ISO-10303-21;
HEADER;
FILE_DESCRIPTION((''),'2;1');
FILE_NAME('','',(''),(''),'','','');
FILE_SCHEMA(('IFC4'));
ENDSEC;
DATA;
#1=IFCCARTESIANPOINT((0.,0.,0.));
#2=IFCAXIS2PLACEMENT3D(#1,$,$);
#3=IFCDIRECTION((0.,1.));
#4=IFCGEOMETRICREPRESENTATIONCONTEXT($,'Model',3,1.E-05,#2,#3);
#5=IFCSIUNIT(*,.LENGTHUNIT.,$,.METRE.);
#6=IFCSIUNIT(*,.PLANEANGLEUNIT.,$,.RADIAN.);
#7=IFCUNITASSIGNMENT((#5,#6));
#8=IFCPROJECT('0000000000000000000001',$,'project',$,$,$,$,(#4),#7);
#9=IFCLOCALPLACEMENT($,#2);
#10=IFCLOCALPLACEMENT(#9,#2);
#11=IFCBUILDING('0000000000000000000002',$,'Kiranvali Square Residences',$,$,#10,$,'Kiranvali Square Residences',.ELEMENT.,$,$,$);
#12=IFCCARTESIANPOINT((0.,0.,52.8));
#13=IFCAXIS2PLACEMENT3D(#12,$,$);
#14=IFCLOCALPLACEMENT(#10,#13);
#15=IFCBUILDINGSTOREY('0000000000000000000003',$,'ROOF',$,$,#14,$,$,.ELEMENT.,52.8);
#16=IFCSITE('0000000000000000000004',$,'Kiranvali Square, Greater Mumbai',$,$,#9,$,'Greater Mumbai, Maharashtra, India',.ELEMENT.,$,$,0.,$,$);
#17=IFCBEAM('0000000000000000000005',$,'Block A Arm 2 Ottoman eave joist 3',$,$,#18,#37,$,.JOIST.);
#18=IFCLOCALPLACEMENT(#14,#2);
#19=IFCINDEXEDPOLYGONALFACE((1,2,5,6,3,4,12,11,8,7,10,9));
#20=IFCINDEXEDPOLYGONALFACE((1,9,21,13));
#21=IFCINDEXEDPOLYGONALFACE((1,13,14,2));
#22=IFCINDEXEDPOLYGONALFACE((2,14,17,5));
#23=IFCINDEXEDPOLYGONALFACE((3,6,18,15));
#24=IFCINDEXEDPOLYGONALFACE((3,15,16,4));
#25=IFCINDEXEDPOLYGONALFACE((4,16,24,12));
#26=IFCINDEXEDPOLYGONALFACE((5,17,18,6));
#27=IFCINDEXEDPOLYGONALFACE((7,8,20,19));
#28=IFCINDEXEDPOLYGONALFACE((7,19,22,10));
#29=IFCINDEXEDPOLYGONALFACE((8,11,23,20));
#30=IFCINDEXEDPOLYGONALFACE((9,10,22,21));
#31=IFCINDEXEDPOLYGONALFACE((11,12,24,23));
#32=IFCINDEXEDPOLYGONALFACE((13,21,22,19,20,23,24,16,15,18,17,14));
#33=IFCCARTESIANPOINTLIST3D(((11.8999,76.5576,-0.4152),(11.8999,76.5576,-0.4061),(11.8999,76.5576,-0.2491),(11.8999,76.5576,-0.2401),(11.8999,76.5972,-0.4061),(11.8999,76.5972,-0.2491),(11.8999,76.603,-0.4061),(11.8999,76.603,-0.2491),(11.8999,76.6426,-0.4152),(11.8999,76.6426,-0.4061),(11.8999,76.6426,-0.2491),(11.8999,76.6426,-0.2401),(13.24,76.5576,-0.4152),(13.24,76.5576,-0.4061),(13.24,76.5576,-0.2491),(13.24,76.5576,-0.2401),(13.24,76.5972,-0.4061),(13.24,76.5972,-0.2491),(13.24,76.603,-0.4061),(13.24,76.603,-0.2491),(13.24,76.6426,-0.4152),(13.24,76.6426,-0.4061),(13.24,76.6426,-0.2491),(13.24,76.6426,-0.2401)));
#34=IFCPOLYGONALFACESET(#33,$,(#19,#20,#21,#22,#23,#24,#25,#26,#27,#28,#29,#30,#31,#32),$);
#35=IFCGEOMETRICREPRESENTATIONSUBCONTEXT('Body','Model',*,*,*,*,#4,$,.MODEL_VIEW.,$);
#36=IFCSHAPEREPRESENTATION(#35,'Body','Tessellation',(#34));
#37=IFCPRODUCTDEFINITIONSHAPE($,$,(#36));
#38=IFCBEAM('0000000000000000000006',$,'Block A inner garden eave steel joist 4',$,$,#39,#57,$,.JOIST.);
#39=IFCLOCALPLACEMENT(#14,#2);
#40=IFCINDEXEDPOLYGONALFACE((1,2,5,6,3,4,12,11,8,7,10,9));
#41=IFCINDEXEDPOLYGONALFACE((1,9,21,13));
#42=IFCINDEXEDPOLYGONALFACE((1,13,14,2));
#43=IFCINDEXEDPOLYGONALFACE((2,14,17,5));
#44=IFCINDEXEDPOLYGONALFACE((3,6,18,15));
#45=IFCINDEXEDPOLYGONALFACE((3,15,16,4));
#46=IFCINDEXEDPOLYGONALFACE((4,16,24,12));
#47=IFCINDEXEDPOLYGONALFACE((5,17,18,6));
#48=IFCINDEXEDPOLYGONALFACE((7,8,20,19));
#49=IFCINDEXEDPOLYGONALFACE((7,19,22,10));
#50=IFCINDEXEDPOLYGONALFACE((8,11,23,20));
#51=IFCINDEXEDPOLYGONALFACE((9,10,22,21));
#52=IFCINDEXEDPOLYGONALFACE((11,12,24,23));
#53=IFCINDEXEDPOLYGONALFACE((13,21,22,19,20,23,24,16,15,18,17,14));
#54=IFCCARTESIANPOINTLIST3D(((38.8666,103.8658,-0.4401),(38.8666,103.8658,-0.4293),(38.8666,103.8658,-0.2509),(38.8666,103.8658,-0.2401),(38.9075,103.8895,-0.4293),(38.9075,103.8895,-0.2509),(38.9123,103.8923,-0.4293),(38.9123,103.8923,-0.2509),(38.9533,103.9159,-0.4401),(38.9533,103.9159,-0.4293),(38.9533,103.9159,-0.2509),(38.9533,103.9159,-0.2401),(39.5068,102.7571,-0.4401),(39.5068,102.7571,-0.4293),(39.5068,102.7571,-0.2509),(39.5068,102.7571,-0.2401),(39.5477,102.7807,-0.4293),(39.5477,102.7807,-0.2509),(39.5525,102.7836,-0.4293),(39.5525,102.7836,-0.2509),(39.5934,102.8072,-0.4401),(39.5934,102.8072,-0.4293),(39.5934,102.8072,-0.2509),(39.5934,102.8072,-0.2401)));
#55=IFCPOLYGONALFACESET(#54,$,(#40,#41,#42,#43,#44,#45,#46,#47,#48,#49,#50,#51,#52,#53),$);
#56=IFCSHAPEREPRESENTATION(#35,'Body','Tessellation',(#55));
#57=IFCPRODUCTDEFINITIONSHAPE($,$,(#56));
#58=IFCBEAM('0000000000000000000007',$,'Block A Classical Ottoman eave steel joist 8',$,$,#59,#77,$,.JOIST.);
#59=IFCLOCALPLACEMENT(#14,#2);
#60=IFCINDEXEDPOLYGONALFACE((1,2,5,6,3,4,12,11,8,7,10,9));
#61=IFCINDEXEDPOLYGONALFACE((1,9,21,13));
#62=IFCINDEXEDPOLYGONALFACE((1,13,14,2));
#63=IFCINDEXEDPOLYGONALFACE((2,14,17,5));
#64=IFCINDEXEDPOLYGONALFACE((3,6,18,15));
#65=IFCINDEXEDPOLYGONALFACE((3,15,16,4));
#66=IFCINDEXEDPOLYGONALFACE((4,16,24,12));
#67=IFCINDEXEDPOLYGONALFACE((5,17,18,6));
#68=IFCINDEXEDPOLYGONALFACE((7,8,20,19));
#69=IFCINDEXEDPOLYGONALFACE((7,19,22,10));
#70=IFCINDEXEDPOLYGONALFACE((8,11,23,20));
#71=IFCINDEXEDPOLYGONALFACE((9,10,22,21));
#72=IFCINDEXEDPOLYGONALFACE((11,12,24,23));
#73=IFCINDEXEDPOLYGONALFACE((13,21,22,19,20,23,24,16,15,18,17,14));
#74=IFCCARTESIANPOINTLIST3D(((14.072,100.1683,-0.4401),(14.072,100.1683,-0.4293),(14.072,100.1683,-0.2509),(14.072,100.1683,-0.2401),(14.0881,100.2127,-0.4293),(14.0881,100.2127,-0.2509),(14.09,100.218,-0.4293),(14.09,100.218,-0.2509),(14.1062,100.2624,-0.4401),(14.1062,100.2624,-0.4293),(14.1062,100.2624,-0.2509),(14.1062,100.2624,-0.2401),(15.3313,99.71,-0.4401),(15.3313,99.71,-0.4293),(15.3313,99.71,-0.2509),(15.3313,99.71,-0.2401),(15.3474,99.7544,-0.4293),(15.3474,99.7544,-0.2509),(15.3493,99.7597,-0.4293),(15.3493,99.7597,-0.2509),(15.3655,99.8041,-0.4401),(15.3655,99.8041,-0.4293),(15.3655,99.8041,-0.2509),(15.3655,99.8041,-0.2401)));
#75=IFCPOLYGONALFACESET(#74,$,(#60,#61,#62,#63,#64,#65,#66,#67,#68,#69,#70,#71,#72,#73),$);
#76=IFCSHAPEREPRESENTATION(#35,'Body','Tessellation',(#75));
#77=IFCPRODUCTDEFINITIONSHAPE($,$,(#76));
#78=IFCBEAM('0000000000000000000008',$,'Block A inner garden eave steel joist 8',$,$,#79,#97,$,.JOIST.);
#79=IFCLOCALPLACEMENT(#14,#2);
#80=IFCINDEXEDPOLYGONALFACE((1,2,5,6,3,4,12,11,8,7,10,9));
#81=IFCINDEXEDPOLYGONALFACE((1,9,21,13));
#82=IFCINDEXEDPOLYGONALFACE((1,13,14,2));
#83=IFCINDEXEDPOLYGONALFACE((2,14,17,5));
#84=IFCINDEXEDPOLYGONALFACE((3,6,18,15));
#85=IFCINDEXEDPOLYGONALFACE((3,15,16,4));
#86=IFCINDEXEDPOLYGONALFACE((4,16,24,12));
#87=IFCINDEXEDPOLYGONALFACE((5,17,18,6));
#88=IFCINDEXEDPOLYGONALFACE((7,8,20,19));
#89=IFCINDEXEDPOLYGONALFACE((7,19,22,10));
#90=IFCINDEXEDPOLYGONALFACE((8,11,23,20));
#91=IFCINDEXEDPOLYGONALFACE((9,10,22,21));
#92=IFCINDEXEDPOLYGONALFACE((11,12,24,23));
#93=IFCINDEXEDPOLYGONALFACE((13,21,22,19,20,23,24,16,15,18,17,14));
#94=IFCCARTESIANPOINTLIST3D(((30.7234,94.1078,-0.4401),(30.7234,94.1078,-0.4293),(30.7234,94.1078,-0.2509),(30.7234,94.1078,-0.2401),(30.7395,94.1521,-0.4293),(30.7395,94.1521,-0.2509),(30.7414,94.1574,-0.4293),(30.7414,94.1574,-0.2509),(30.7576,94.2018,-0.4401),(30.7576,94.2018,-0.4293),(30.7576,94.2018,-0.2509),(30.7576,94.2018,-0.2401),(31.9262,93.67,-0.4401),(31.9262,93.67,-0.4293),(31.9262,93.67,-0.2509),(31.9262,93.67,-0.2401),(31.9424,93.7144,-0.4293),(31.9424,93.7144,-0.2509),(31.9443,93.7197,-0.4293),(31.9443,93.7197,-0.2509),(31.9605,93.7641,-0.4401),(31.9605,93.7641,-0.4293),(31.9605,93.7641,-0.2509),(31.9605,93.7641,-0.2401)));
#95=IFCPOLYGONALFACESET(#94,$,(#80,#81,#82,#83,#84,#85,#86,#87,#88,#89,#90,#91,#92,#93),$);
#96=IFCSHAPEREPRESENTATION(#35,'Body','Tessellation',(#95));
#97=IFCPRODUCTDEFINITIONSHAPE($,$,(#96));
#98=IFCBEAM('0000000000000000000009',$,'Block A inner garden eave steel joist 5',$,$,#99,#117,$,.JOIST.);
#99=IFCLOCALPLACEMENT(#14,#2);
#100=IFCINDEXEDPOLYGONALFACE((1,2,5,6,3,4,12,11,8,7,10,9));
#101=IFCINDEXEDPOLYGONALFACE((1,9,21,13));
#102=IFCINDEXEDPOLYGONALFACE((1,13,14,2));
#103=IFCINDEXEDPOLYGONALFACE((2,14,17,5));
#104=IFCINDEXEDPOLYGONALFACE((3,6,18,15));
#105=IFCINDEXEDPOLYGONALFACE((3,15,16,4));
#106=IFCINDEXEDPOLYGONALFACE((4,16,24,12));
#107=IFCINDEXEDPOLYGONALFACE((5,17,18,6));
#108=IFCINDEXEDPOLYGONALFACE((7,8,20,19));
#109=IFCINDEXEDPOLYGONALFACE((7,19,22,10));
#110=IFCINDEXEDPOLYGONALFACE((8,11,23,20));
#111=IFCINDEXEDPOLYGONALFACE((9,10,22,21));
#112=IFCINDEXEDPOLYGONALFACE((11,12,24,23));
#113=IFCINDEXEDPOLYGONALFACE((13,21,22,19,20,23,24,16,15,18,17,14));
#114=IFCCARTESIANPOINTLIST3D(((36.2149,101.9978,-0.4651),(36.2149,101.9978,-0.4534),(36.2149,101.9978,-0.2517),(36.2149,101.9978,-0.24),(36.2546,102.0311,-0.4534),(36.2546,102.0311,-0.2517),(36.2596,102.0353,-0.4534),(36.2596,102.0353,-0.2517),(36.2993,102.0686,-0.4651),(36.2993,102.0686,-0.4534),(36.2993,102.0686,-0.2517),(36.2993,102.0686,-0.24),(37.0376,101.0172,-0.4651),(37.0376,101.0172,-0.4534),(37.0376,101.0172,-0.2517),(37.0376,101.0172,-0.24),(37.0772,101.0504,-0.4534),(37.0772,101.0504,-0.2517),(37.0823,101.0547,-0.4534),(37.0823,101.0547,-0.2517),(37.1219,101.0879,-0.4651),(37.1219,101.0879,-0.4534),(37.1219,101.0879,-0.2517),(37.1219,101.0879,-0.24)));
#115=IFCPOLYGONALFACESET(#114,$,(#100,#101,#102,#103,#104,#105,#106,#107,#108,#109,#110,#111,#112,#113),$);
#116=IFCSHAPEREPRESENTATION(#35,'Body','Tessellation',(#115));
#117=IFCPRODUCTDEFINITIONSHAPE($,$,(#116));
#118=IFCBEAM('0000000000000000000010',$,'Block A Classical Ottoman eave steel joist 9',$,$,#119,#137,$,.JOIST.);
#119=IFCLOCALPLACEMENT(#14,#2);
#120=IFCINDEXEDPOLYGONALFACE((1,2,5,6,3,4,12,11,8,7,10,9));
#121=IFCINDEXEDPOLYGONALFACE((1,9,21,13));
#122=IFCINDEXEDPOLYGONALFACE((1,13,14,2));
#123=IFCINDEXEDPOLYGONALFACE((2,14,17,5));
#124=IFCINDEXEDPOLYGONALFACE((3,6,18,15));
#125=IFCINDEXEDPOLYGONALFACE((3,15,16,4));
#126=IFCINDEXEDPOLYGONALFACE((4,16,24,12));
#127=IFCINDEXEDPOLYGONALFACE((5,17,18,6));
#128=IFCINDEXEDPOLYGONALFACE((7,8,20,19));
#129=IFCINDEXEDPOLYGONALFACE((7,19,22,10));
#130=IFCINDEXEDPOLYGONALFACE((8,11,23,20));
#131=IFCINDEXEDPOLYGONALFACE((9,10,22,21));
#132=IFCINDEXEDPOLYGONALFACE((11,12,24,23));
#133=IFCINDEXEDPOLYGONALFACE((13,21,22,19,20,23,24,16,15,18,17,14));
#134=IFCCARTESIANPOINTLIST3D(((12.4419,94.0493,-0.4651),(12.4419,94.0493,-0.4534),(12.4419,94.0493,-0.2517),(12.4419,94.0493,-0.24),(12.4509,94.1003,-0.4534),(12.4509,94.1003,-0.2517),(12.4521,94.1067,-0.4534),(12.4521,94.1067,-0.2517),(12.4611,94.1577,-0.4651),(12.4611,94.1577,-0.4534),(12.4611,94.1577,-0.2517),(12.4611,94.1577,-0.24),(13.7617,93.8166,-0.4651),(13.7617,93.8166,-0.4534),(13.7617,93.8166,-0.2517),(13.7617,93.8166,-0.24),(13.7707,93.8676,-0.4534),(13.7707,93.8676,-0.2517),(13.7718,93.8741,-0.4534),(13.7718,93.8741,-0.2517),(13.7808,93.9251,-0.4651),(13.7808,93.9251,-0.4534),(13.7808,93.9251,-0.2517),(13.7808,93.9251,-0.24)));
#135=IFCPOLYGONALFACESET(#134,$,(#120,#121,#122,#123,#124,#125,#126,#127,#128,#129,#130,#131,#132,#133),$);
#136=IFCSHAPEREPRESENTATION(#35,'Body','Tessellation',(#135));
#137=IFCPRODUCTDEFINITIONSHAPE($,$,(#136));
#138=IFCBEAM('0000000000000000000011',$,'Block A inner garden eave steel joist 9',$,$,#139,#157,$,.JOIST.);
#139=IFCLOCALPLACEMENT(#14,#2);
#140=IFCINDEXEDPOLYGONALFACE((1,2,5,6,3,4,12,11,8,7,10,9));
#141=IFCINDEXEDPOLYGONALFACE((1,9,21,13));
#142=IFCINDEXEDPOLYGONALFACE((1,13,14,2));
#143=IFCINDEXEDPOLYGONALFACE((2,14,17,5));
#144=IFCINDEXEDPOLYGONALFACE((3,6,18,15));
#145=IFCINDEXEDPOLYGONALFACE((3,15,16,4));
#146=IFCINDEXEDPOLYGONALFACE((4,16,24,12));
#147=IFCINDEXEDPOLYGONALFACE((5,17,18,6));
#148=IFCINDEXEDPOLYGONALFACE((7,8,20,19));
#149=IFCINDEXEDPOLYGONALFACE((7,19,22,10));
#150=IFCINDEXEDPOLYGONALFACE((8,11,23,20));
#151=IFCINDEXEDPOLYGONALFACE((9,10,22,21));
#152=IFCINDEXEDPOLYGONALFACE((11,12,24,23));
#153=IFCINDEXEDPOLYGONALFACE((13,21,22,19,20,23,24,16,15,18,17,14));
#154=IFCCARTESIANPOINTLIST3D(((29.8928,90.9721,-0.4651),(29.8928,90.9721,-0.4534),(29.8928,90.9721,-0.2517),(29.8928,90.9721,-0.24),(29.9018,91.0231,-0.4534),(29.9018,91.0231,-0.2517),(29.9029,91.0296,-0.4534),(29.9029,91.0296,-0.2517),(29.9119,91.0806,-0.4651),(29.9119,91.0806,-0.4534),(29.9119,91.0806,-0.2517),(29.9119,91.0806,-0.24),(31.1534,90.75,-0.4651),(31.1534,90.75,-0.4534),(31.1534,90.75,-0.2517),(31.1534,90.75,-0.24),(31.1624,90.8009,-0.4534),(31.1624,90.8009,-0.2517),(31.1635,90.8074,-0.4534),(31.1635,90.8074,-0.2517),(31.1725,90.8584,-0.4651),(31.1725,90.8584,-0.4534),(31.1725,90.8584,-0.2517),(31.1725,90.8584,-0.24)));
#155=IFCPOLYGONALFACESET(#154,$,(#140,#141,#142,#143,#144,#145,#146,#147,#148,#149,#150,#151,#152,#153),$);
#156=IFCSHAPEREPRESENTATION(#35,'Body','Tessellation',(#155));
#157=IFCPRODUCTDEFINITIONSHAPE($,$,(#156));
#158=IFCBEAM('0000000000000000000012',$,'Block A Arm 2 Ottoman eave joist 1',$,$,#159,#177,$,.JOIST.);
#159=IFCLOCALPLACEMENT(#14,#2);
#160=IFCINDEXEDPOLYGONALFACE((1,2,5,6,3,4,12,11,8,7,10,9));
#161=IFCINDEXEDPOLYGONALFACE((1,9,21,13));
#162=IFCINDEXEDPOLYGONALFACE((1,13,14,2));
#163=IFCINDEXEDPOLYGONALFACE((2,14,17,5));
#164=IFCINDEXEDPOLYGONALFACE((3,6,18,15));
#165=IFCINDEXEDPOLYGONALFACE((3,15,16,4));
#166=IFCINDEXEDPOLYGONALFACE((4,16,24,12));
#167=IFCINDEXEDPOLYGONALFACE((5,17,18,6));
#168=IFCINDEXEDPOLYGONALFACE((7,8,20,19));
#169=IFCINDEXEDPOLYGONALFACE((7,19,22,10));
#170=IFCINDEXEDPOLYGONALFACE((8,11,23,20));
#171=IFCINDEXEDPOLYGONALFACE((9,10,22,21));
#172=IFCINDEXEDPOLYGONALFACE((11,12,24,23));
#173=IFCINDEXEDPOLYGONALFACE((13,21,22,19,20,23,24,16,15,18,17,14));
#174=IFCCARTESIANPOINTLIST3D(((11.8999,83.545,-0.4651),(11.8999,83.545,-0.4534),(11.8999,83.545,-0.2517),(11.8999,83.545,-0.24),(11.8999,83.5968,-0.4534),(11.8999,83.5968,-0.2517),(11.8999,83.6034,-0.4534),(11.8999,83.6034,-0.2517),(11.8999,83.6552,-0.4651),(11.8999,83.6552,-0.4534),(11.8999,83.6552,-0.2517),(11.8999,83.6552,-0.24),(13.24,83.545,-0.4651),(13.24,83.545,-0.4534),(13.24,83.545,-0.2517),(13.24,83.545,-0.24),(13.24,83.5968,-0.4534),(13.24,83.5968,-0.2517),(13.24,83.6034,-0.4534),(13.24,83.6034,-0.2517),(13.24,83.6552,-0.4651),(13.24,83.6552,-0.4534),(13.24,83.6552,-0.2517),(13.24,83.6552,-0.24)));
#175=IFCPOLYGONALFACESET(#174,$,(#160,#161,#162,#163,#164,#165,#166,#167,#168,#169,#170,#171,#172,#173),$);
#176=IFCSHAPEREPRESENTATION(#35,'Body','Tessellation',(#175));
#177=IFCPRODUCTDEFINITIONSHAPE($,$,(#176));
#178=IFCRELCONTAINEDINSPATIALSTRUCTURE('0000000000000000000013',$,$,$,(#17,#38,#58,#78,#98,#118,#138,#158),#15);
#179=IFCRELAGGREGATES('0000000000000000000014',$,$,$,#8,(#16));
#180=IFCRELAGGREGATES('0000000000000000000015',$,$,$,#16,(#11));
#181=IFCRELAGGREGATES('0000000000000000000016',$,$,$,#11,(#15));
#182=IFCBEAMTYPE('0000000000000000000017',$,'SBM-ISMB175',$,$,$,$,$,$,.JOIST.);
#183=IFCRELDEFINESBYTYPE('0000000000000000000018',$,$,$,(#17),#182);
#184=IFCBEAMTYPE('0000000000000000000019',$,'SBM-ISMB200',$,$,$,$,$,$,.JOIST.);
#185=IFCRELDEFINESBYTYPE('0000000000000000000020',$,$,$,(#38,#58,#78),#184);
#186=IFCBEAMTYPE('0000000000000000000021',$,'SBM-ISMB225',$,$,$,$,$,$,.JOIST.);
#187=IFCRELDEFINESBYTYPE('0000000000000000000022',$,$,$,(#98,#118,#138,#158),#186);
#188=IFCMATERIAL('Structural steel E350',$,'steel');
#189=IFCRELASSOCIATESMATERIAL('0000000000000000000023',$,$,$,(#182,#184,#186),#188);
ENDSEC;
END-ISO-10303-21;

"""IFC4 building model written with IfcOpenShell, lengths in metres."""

from ifc_helpers import new_model, si_unit, direction, frame, origin, origin_2d, place, context, subcontext, project, spatial, i_section, extrude, material, material_profile, profile_set, type_object, element, save


model = new_model("IFC4")

# Units and contexts
model_context = context("Model", 3, precision=1e-05, world=origin(), true_north=direction((0.0, 1.0)))
body_context = subcontext(model_context, "Body", "Model", "MODEL_VIEW")
ifc_project = project(units=[si_unit("LENGTHUNIT", "METRE"), si_unit("PLANEANGLEUNIT", "RADIAN")], contexts=[model_context])

# Site, building, storey
site_placement = place(None, origin())
site = spatial("IfcSite", under=ifc_project, at=site_placement, Name="Kiranvali Square, Greater Mumbai", LongName="Greater Mumbai, Maharashtra, India", CompositionType="ELEMENT", RefElevation=0.0)
building_placement = place(site_placement, origin())
building = spatial("IfcBuilding", under=site, at=building_placement, Name="Kiranvali Square Residences", LongName="Kiranvali Square Residences", CompositionType="ELEMENT")
storey_placement = place(building_placement, frame((0.0, 0.0, 52.8)))
storey = spatial("IfcBuildingStorey", under=building, at=storey_placement, Name="ROOF", CompositionType="ELEMENT", Elevation=52.8)

# Shared definitions
ifc_material_1 = material(Name="Structural steel E350", Category="steel")

# Beams
ifc_material_profile_1 = material_profile(ifc_material_1, i_section(OverallWidth=0.085, OverallDepth=0.175, WebThickness=0.0059, FlangeThickness=0.009, at=origin_2d()), Name="ISMB 175")
ifc_profile_set_1 = profile_set([ifc_material_profile_1], Name="Structural steel E350")
beam_type_1 = type_object("IfcBeamType", Name="SBM-ISMB175", PredefinedType="JOIST", material=ifc_profile_set_1)
beam_1_placement = place(storey_placement, frame((13.24, 76.6001, -0.3276), z_axis=(-1.0, 0.0, 0.0), x_axis=(0.0, -1.0, 0.0)))
element("IfcBeam", 1, at=beam_1_placement, inside=storey, type_object=beam_type_1, Name="Block A Arm 2 Ottoman eave joist 3", PredefinedType="JOIST", context=body_context, shape_type="SweptSolid", body=[
    extrude(i_section(OverallWidth=0.085, OverallDepth=0.175, WebThickness=0.0059, FlangeThickness=0.009, at=origin_2d()), origin(), (0.0, 0.0, 1.0), 1.3401),
])
ifc_material_profile_2 = material_profile(ifc_material_1, i_section(OverallWidth=0.1001, OverallDepth=0.2, WebThickness=0.0056, FlangeThickness=0.0107, at=origin_2d()), Name="ISMB 200")
ifc_profile_set_2 = profile_set([ifc_material_profile_2], Name="Structural steel E350")
beam_type_2 = type_object("IfcBeamType", Name="SBM-ISMB200", PredefinedType="JOIST", material=ifc_profile_set_2)
beam_2_placement = place(storey_placement, frame((38.9099, 103.8909, -0.3401), z_axis=(0.500036, -0.866005, 0.0), x_axis=(0.866005, 0.500036, 0.0)))
element("IfcBeam", 2, at=beam_2_placement, inside=storey, type_object=beam_type_2, Name="Block A inner garden eave steel joist 4", PredefinedType="JOIST", context=body_context, shape_type="SweptSolid", body=[
    extrude(i_section(OverallWidth=0.1001, OverallDepth=0.2, WebThickness=0.0056, FlangeThickness=0.0107, at=origin_2d()), origin(), (0.0, 0.0, 1.0), 1.2803),
])
beam_3_placement = place(storey_placement, frame((15.3484, 99.7571, -0.3401), z_axis=(-0.939714, 0.341962, 0.0), x_axis=(-0.341962, -0.939714, 0.0)))
element("IfcBeam", 3, at=beam_3_placement, inside=storey, type_object=beam_type_2, Name="Block A Classical Ottoman eave steel joist 8", PredefinedType="JOIST", context=body_context, shape_type="SweptSolid", body=[
    extrude(i_section(OverallWidth=0.1001, OverallDepth=0.2, WebThickness=0.0056, FlangeThickness=0.0107, at=origin_2d()), origin(), (0.0, 0.0, 1.0), 1.3401),
])
beam_4_placement = place(storey_placement, frame((30.7405, 94.1548, -0.3401), z_axis=(0.93971, -0.341973, 0.0), x_axis=(0.341973, 0.93971, 0.0)))
element("IfcBeam", 4, at=beam_4_placement, inside=storey, type_object=beam_type_2, Name="Block A inner garden eave steel joist 8", PredefinedType="JOIST", context=body_context, shape_type="SweptSolid", body=[
    extrude(i_section(OverallWidth=0.1001, OverallDepth=0.2, WebThickness=0.0056, FlangeThickness=0.0107, at=origin_2d()), origin(), (0.0, 0.0, 1.0), 1.28),
])
ifc_material_profile_3 = material_profile(ifc_material_1, i_section(OverallWidth=0.1101, OverallDepth=0.2251, WebThickness=0.0066, FlangeThickness=0.0117, at=origin_2d()), Name="ISMB 225")
ifc_profile_set_3 = profile_set([ifc_material_profile_3], Name="Structural steel E350")
beam_type_3 = type_object("IfcBeamType", Name="SBM-ISMB225", PredefinedType="JOIST", material=ifc_profile_set_3)
beam_5_placement = place(storey_placement, frame((36.2571, 102.0332, -0.3525), z_axis=(0.642713, -0.766107, 0.0), x_axis=(0.766107, 0.642713, 0.0)))
element("IfcBeam", 5, at=beam_5_placement, inside=storey, type_object=beam_type_3, Name="Block A inner garden eave steel joist 5", PredefinedType="JOIST", context=body_context, shape_type="SweptSolid", body=[
    extrude(i_section(OverallWidth=0.1101, OverallDepth=0.2251, WebThickness=0.0066, FlangeThickness=0.0117, at=origin_2d()), origin(), (0.0, 0.0, 1.0), 1.28),
])
beam_6_placement = place(storey_placement, frame((13.7712, 93.8708, -0.3525), z_axis=(-0.984815, 0.173609, 0.0), x_axis=(-0.173609, -0.984815, 0.0)))
element("IfcBeam", 6, at=beam_6_placement, inside=storey, type_object=beam_type_3, Name="Block A Classical Ottoman eave steel joist 9", PredefinedType="JOIST", context=body_context, shape_type="SweptSolid", body=[
    extrude(i_section(OverallWidth=0.1101, OverallDepth=0.2251, WebThickness=0.0066, FlangeThickness=0.0117, at=origin_2d()), origin(), (0.0, 0.0, 1.0), 1.3401),
])
beam_7_placement = place(storey_placement, frame((29.9023, 91.0264, -0.3525), z_axis=(0.98482, -0.173579, 0.0), x_axis=(0.173579, 0.98482, 0.0)))
element("IfcBeam", 7, at=beam_7_placement, inside=storey, type_object=beam_type_3, Name="Block A inner garden eave steel joist 9", PredefinedType="JOIST", context=body_context, shape_type="SweptSolid", body=[
    extrude(i_section(OverallWidth=0.1101, OverallDepth=0.2251, WebThickness=0.0066, FlangeThickness=0.0117, at=origin_2d()), origin(), (0.0, 0.0, 1.0), 1.28),
])
beam_8_placement = place(storey_placement, frame((13.24, 83.6001, -0.3525), z_axis=(-1.0, 0.0, 0.0), x_axis=(0.0, -1.0, 0.0)))
element("IfcBeam", 8, at=beam_8_placement, inside=storey, type_object=beam_type_3, Name="Block A Arm 2 Ottoman eave joist 1", PredefinedType="JOIST", context=body_context, shape_type="SweptSolid", body=[
    extrude(i_section(OverallWidth=0.1101, OverallDepth=0.2251, WebThickness=0.0066, FlangeThickness=0.0117, at=origin_2d()), origin(), (0.0, 0.0, 1.0), 1.3401),
])

save(model, "model.ifc")
